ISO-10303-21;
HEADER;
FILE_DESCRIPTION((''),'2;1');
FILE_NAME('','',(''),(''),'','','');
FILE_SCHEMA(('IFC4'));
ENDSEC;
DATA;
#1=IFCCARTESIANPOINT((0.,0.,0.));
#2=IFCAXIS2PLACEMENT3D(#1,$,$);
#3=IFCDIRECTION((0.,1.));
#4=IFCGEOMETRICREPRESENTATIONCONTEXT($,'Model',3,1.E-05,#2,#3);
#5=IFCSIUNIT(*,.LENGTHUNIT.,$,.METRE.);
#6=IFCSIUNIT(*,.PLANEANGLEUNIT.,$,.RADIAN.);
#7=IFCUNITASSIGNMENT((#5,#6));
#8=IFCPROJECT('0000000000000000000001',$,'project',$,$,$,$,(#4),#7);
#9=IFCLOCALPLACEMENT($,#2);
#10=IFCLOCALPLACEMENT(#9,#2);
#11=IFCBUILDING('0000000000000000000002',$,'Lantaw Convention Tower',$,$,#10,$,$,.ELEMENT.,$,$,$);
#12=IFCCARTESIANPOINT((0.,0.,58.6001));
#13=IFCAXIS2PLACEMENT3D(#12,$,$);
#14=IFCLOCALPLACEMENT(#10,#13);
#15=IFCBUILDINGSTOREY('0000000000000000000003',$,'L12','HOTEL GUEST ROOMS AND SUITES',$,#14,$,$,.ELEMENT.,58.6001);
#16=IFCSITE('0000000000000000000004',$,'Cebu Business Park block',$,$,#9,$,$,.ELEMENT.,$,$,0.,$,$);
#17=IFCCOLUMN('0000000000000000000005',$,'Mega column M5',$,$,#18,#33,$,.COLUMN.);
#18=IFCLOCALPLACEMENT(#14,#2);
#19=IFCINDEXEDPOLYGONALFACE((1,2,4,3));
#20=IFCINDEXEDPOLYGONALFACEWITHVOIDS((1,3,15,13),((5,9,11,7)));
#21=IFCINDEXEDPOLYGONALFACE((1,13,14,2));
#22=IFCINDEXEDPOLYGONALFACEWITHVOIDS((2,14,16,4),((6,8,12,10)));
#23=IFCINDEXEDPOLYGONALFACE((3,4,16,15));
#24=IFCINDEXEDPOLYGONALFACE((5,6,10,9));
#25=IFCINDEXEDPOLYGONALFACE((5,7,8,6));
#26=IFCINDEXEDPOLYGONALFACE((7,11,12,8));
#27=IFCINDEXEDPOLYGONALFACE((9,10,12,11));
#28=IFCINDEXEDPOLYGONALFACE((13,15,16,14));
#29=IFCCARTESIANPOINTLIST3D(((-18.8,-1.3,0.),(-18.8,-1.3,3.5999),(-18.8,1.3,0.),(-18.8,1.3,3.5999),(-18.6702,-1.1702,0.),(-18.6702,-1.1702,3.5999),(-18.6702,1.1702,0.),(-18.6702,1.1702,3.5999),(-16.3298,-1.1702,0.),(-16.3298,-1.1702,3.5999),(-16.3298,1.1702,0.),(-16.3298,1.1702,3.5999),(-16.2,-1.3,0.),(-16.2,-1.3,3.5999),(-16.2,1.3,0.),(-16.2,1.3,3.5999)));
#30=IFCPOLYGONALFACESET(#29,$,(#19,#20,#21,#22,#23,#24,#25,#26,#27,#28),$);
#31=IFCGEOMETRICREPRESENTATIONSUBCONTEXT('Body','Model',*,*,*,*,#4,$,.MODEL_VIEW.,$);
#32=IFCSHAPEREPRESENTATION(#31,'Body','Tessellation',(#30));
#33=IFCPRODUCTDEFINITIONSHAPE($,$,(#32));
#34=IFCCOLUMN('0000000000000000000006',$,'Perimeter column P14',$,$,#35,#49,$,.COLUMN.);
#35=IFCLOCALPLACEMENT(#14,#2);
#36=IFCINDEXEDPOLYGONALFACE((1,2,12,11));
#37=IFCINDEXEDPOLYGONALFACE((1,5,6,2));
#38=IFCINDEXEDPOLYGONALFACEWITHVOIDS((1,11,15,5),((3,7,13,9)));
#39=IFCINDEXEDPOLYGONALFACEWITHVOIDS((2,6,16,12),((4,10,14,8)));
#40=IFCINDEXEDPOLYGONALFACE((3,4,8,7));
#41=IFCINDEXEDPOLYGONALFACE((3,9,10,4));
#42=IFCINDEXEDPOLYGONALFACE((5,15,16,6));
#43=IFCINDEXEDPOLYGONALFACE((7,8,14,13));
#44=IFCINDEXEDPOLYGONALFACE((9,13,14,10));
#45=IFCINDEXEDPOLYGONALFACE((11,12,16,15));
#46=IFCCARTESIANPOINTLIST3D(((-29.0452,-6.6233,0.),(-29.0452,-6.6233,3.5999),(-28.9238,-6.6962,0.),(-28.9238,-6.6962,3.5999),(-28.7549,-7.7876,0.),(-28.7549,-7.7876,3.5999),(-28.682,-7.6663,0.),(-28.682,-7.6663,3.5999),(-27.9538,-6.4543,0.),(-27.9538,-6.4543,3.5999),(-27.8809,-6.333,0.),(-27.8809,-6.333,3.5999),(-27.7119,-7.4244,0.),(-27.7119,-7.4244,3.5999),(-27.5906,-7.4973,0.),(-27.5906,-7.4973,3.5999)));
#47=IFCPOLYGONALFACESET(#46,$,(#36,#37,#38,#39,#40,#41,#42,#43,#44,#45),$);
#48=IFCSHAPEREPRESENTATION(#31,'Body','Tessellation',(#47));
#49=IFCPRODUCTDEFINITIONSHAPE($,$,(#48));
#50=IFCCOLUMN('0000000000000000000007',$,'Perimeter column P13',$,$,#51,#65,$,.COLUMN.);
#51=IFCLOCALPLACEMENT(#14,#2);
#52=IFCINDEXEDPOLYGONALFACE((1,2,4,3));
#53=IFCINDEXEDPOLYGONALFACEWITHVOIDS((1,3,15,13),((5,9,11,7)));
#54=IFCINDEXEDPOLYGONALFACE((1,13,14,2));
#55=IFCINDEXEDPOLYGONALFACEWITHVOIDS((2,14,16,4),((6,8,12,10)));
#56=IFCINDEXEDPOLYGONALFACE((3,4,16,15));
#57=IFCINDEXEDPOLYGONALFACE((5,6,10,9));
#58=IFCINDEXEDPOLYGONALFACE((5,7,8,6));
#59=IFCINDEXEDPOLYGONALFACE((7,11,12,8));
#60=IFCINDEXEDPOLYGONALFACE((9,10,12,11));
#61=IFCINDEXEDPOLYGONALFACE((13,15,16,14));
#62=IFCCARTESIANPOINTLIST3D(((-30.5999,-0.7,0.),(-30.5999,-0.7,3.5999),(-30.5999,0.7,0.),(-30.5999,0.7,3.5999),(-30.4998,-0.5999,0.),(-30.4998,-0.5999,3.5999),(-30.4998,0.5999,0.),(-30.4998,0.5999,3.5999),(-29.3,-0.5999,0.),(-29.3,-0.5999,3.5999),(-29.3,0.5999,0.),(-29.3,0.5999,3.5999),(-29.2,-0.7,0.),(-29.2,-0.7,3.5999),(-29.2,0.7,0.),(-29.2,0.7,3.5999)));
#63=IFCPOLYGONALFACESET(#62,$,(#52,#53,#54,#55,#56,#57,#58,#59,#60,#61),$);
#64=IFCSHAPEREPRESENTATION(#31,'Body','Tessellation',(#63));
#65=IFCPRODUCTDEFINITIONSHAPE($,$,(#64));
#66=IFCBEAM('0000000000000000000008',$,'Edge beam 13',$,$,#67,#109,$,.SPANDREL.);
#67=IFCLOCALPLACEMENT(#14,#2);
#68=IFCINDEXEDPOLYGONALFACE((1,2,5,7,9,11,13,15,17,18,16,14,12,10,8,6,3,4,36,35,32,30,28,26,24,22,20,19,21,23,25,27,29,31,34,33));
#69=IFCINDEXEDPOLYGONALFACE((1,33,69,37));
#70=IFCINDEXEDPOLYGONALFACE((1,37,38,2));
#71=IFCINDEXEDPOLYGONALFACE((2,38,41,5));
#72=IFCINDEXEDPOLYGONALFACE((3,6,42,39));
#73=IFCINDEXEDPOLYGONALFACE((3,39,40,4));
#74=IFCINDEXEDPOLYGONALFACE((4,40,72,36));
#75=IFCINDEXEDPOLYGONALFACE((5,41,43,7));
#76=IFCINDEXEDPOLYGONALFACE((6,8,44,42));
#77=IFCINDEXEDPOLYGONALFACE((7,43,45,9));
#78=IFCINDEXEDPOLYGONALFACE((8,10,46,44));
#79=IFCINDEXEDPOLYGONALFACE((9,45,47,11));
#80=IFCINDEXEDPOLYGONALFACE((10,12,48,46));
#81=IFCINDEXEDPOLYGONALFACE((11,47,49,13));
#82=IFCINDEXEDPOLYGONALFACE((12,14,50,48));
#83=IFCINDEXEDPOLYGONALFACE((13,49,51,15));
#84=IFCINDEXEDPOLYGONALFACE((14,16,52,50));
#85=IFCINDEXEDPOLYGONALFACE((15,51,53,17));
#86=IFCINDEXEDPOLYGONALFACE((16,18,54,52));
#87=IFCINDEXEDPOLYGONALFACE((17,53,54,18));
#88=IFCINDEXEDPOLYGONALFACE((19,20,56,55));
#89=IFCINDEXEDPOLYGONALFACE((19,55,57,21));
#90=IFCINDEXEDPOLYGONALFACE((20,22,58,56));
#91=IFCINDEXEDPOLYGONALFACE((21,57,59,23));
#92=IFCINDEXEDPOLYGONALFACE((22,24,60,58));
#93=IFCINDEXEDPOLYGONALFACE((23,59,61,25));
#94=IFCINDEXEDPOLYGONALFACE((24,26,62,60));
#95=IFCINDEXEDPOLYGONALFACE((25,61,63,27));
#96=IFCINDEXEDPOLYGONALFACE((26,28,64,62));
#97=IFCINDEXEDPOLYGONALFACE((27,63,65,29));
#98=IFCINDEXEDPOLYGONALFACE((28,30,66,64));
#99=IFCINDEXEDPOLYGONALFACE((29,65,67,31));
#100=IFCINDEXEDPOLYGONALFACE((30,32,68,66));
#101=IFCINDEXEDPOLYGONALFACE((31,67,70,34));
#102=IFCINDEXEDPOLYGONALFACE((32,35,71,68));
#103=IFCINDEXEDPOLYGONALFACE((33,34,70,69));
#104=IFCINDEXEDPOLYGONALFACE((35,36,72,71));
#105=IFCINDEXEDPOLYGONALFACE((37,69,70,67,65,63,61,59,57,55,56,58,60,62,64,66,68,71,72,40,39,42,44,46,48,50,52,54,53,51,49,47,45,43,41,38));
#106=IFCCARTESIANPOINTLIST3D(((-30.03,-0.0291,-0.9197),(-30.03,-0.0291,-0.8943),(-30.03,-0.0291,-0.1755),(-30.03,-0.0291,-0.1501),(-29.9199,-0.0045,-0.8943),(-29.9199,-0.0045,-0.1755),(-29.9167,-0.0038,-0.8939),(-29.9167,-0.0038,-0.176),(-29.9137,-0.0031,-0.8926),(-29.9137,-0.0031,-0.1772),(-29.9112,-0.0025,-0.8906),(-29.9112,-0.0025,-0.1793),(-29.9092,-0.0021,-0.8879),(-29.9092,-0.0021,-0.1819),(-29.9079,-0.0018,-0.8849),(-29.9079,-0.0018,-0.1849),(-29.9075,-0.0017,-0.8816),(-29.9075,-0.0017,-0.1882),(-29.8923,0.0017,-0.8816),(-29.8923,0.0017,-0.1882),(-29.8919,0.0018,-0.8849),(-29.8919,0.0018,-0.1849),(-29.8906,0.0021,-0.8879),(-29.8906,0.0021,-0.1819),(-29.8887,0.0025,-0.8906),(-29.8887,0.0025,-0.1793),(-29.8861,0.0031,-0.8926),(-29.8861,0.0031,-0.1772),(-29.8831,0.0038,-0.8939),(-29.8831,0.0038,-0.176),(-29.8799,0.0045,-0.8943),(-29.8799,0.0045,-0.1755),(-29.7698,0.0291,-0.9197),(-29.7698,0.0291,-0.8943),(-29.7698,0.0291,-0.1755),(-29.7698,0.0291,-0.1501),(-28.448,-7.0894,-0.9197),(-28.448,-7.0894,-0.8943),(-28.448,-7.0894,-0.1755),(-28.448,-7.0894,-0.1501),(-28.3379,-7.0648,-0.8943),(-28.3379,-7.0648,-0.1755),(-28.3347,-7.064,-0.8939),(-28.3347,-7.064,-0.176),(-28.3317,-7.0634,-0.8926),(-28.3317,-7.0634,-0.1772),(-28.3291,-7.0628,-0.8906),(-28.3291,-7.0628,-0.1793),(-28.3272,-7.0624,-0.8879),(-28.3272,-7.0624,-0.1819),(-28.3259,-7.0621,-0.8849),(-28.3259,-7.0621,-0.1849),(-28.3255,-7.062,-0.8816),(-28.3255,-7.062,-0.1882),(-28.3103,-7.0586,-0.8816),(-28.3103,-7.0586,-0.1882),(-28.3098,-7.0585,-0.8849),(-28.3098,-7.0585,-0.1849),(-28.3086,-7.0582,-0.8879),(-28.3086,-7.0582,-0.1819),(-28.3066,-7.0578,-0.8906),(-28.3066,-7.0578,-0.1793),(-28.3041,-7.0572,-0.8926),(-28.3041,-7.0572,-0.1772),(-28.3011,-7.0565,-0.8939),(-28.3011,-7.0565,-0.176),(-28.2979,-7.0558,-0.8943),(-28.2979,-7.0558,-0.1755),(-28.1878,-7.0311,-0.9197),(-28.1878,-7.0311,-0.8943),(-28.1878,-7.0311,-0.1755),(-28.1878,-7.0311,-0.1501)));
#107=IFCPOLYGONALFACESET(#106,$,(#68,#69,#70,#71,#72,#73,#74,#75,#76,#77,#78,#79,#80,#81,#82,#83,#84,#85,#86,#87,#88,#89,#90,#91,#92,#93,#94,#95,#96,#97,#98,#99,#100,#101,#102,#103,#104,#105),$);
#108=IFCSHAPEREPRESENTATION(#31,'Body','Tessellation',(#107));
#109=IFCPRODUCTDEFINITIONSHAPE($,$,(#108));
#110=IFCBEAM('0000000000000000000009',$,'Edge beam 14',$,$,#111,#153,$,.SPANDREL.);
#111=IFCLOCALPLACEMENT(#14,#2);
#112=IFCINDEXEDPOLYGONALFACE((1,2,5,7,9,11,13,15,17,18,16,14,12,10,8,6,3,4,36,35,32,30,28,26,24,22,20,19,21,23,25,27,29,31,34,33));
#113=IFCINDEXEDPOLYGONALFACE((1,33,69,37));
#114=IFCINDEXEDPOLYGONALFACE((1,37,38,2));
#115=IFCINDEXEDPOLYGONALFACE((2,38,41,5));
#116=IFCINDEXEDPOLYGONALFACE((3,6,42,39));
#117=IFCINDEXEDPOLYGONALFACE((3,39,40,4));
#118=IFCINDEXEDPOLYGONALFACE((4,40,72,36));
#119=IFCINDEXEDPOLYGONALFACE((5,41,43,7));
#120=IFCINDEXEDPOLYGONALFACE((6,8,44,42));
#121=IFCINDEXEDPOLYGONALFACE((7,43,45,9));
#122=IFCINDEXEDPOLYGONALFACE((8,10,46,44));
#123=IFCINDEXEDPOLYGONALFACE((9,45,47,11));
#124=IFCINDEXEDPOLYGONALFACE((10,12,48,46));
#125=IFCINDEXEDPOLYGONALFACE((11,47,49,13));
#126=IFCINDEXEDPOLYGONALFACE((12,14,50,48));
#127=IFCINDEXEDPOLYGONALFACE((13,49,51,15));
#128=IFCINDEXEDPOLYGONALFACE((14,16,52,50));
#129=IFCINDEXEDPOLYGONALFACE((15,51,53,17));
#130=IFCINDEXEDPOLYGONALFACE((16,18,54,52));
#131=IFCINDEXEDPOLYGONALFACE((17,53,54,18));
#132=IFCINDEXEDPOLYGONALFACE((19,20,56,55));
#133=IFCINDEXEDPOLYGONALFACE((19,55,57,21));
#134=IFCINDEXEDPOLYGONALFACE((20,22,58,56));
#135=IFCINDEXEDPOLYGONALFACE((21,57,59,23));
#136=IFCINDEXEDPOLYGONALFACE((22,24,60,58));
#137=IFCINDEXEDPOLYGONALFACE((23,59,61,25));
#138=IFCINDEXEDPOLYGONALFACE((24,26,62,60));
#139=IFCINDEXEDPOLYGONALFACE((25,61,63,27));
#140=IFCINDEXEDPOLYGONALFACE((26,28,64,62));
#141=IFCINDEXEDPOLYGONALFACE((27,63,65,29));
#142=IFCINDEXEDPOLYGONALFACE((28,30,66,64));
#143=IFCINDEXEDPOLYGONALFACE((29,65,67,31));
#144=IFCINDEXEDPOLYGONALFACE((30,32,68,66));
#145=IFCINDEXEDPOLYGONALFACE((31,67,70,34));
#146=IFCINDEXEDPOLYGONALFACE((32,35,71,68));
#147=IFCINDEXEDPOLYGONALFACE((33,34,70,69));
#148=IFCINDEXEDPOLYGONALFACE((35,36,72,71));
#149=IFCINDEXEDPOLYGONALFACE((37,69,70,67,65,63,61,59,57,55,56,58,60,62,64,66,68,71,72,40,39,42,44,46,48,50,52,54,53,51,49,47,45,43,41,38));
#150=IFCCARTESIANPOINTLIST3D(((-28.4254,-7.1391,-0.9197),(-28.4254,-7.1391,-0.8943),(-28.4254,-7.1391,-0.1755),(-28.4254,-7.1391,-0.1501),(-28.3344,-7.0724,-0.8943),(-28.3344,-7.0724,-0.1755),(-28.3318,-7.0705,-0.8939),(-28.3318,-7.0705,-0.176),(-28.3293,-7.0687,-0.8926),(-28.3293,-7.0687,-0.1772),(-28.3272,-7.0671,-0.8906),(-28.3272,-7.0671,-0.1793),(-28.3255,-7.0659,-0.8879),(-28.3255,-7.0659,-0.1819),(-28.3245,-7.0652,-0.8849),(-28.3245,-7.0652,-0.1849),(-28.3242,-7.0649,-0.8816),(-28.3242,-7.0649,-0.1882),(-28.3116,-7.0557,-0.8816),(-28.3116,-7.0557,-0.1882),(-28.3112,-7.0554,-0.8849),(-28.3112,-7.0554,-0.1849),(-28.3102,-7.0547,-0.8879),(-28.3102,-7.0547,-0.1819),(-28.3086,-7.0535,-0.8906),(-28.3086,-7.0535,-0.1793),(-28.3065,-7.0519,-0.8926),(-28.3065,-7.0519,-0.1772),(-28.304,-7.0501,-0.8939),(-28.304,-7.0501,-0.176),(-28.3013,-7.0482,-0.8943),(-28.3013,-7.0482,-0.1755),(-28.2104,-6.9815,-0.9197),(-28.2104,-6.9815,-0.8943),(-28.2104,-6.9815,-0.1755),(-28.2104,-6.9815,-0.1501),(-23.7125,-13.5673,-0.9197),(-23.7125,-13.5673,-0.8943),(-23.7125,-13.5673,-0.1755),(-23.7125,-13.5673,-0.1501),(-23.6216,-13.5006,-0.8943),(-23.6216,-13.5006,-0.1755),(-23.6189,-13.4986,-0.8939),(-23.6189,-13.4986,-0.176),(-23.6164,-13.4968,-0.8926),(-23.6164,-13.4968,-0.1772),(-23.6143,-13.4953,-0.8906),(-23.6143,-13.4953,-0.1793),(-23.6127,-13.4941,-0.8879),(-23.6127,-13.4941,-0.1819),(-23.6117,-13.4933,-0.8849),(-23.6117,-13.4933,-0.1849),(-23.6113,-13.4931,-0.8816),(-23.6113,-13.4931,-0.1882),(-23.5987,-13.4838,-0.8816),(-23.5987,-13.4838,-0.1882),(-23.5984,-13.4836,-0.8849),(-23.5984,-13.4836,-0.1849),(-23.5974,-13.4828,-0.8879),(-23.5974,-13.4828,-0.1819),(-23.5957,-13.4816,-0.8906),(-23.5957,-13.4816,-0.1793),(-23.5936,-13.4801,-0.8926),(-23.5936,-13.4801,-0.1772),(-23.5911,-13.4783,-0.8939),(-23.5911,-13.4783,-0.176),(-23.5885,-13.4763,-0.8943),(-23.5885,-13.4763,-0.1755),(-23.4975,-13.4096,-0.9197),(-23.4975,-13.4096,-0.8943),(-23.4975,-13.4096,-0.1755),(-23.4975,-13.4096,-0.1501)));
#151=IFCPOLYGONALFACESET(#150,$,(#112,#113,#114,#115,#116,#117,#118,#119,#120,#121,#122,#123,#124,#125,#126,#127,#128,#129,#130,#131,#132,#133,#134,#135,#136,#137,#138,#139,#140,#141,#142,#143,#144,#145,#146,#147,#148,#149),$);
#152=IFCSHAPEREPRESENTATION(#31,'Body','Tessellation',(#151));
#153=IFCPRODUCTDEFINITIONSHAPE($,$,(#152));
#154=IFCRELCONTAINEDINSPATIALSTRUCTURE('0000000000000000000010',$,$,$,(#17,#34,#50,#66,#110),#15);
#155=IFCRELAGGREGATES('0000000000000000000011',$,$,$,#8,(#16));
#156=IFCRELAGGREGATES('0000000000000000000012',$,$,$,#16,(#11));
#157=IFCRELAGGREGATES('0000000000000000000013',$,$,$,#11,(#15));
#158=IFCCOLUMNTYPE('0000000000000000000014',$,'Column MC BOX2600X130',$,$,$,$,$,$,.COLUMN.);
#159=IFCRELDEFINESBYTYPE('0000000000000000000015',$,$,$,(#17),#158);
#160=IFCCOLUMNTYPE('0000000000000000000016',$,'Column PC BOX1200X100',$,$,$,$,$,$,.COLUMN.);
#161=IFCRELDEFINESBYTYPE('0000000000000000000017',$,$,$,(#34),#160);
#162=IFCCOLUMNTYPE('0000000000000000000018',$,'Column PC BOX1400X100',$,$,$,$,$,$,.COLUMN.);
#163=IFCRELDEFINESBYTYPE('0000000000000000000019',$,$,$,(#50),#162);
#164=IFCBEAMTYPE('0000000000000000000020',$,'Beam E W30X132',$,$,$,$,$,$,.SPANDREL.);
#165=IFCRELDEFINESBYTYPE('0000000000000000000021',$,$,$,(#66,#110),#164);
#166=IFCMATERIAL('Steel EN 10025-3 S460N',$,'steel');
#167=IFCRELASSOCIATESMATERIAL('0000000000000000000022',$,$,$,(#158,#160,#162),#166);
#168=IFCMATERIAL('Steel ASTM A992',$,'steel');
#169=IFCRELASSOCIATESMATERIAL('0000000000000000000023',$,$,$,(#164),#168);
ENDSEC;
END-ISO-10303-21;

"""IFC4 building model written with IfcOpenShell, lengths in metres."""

from ifc_helpers import new_model, si_unit, direction, frame, origin, origin_2d, place, context, subcontext, project, spatial, rectangle, hollow_rectangle, i_section, extrude, material, material_profile, profile_set, type_object, element, save


model = new_model("IFC4")

# Units and contexts
model_context = context("Model", 3, precision=1e-05, world=origin(), true_north=direction((0.0, 1.0)))
body_context = subcontext(model_context, "Body", "Model", "MODEL_VIEW")
ifc_project = project(units=[si_unit("LENGTHUNIT", "METRE"), si_unit("PLANEANGLEUNIT", "RADIAN")], contexts=[model_context])

# Site, building, storey
site_placement = place(None, origin())
site = spatial("IfcSite", under=ifc_project, at=site_placement, Name="Cebu Business Park block", CompositionType="ELEMENT", RefElevation=0.0)
building_placement = place(site_placement, origin())
building = spatial("IfcBuilding", under=site, at=building_placement, Name="Lantaw Convention Tower", CompositionType="ELEMENT")
storey_placement = place(building_placement, frame((0.0, 0.0, 58.6001)))
storey = spatial("IfcBuildingStorey", under=building, at=storey_placement, Name="L12", Description="HOTEL GUEST ROOMS AND SUITES", CompositionType="ELEMENT", Elevation=58.6001)

# Columns
ifc_material_1 = material(Name="Steel EN 10025-3 S460N", Category="steel")
ifc_material_profile_1 = material_profile(ifc_material_1, hollow_rectangle(XDim=2.6001, YDim=2.6001, WallThickness=0.1299, at=origin_2d()), Name="BOX2600X130")
ifc_material_2 = material(Name="Concrete C60/75", Category="concrete")
ifc_material_profile_2 = material_profile(ifc_material_2, rectangle(XDim=2.3401, YDim=2.3401, at=origin_2d()), Name="Concrete fill of BOX2600X130")
ifc_profile_set_1 = profile_set([ifc_material_profile_1, ifc_material_profile_2], Name="Steel EN 10025-3 S460N")
column_type_1 = type_object("IfcColumnType", Name="Column MC BOX2600X130", PredefinedType="COLUMN", material=ifc_profile_set_1)
column_1_placement = place(storey_placement, frame((-17.5, 0.0, 0.0), z_axis=(0.0, 0.0, 1.0), x_axis=(1.0, 0.0, 0.0)))
element("IfcColumn", 1, at=column_1_placement, inside=storey, type_object=column_type_1, Name="Mega column M5", PredefinedType="COLUMN", context=body_context, shape_type="SweptSolid", body=[
    extrude(hollow_rectangle(XDim=2.6001, YDim=2.6001, WallThickness=0.1299, at=origin_2d()), origin(), (0.0, 0.0, 1.0), 3.5999),
])
ifc_material_profile_3 = material_profile(ifc_material_1, hollow_rectangle(XDim=1.2, YDim=1.2, WallThickness=0.1001, at=origin_2d()), Name="BOX1200X100")
ifc_material_profile_4 = material_profile(ifc_material_2, rectangle(XDim=1.0, YDim=1.0, at=origin_2d()), Name="Concrete fill of BOX1200X100")
ifc_profile_set_2 = profile_set([ifc_material_profile_3, ifc_material_profile_4], Name="Steel EN 10025-3 S460N")
column_type_2 = type_object("IfcColumnType", Name="Column PC BOX1200X100", PredefinedType="COLUMN", material=ifc_profile_set_2)
column_2_placement = place(storey_placement, frame((-28.3179, -7.0603, 0.0), z_axis=(0.0, 0.0, 1.0), x_axis=(0.970296, 0.241922, 0.0)))
element("IfcColumn", 2, at=column_2_placement, inside=storey, type_object=column_type_2, Name="Perimeter column P14", PredefinedType="COLUMN", context=body_context, shape_type="SweptSolid", body=[
    extrude(hollow_rectangle(XDim=1.2, YDim=1.2, WallThickness=0.1001, at=origin_2d()), origin(), (0.0, 0.0, 1.0), 3.5999),
])
ifc_material_profile_5 = material_profile(ifc_material_1, hollow_rectangle(XDim=1.3999, YDim=1.3999, WallThickness=0.1001, at=origin_2d()), Name="BOX1400X100")
ifc_material_profile_6 = material_profile(ifc_material_2, rectangle(XDim=1.2, YDim=1.2, at=origin_2d()), Name="Concrete fill of BOX1400X100")
ifc_profile_set_3 = profile_set([ifc_material_profile_5, ifc_material_profile_6], Name="Steel EN 10025-3 S460N")
column_type_3 = type_object("IfcColumnType", Name="Column PC BOX1400X100", PredefinedType="COLUMN", material=ifc_profile_set_3)
column_3_placement = place(storey_placement, frame((-29.8999, 0.0, 0.0), z_axis=(0.0, 0.0, 1.0), x_axis=(1.0, 0.0, 0.0)))
element("IfcColumn", 3, at=column_3_placement, inside=storey, type_object=column_type_3, Name="Perimeter column P13", PredefinedType="COLUMN", context=body_context, shape_type="SweptSolid", body=[
    extrude(hollow_rectangle(XDim=1.3999, YDim=1.3999, WallThickness=0.1001, at=origin_2d()), origin(), (0.0, 0.0, 1.0), 3.5999),
])

# Beams
ifc_material_3 = material(Name="Steel ASTM A992", Category="steel")
ifc_material_profile_7 = material_profile(ifc_material_3, i_section(OverallWidth=0.2666, OverallDepth=0.7695, WebThickness=0.0156, FlangeThickness=0.0254, FilletRadius=0.0127, at=origin_2d()), Name="W30X132")
ifc_profile_set_4 = profile_set([ifc_material_profile_7], Name="Steel ASTM A992")
beam_type_1 = type_object("IfcBeamType", Name="Beam E W30X132", PredefinedType="SPANDREL", material=ifc_profile_set_4)
beam_1_placement = place(storey_placement, frame((-29.8999, 0.0, -0.5349), z_axis=(0.218652, -0.975803, 0.0), x_axis=(0.975803, 0.218652, 0.0)))
element("IfcBeam", 4, at=beam_1_placement, inside=storey, type_object=beam_type_1, Name="Edge beam 13", PredefinedType="SPANDREL", context=body_context, shape_type="SweptSolid", body=[
    extrude(i_section(OverallWidth=0.2666, OverallDepth=0.7695, WebThickness=0.0156, FlangeThickness=0.0254, FilletRadius=0.0127, at=origin_2d()), origin(), (0.0, 0.0, 1.0), 7.2354),
])
beam_2_placement = place(storey_placement, frame((-28.3179, -7.0603, -0.5349), z_axis=(0.591271, -0.806473, 0.0), x_axis=(0.806473, 0.591271, 0.0)))
element("IfcBeam", 5, at=beam_2_placement, inside=storey, type_object=beam_type_1, Name="Edge beam 14", PredefinedType="SPANDREL", context=body_context, shape_type="SweptSolid", body=[
    extrude(i_section(OverallWidth=0.2666, OverallDepth=0.7695, WebThickness=0.0156, FlangeThickness=0.0254, FilletRadius=0.0127, at=origin_2d()), origin(), (0.0, 0.0, 1.0), 7.9707),
])

save(model, "model.ifc")
